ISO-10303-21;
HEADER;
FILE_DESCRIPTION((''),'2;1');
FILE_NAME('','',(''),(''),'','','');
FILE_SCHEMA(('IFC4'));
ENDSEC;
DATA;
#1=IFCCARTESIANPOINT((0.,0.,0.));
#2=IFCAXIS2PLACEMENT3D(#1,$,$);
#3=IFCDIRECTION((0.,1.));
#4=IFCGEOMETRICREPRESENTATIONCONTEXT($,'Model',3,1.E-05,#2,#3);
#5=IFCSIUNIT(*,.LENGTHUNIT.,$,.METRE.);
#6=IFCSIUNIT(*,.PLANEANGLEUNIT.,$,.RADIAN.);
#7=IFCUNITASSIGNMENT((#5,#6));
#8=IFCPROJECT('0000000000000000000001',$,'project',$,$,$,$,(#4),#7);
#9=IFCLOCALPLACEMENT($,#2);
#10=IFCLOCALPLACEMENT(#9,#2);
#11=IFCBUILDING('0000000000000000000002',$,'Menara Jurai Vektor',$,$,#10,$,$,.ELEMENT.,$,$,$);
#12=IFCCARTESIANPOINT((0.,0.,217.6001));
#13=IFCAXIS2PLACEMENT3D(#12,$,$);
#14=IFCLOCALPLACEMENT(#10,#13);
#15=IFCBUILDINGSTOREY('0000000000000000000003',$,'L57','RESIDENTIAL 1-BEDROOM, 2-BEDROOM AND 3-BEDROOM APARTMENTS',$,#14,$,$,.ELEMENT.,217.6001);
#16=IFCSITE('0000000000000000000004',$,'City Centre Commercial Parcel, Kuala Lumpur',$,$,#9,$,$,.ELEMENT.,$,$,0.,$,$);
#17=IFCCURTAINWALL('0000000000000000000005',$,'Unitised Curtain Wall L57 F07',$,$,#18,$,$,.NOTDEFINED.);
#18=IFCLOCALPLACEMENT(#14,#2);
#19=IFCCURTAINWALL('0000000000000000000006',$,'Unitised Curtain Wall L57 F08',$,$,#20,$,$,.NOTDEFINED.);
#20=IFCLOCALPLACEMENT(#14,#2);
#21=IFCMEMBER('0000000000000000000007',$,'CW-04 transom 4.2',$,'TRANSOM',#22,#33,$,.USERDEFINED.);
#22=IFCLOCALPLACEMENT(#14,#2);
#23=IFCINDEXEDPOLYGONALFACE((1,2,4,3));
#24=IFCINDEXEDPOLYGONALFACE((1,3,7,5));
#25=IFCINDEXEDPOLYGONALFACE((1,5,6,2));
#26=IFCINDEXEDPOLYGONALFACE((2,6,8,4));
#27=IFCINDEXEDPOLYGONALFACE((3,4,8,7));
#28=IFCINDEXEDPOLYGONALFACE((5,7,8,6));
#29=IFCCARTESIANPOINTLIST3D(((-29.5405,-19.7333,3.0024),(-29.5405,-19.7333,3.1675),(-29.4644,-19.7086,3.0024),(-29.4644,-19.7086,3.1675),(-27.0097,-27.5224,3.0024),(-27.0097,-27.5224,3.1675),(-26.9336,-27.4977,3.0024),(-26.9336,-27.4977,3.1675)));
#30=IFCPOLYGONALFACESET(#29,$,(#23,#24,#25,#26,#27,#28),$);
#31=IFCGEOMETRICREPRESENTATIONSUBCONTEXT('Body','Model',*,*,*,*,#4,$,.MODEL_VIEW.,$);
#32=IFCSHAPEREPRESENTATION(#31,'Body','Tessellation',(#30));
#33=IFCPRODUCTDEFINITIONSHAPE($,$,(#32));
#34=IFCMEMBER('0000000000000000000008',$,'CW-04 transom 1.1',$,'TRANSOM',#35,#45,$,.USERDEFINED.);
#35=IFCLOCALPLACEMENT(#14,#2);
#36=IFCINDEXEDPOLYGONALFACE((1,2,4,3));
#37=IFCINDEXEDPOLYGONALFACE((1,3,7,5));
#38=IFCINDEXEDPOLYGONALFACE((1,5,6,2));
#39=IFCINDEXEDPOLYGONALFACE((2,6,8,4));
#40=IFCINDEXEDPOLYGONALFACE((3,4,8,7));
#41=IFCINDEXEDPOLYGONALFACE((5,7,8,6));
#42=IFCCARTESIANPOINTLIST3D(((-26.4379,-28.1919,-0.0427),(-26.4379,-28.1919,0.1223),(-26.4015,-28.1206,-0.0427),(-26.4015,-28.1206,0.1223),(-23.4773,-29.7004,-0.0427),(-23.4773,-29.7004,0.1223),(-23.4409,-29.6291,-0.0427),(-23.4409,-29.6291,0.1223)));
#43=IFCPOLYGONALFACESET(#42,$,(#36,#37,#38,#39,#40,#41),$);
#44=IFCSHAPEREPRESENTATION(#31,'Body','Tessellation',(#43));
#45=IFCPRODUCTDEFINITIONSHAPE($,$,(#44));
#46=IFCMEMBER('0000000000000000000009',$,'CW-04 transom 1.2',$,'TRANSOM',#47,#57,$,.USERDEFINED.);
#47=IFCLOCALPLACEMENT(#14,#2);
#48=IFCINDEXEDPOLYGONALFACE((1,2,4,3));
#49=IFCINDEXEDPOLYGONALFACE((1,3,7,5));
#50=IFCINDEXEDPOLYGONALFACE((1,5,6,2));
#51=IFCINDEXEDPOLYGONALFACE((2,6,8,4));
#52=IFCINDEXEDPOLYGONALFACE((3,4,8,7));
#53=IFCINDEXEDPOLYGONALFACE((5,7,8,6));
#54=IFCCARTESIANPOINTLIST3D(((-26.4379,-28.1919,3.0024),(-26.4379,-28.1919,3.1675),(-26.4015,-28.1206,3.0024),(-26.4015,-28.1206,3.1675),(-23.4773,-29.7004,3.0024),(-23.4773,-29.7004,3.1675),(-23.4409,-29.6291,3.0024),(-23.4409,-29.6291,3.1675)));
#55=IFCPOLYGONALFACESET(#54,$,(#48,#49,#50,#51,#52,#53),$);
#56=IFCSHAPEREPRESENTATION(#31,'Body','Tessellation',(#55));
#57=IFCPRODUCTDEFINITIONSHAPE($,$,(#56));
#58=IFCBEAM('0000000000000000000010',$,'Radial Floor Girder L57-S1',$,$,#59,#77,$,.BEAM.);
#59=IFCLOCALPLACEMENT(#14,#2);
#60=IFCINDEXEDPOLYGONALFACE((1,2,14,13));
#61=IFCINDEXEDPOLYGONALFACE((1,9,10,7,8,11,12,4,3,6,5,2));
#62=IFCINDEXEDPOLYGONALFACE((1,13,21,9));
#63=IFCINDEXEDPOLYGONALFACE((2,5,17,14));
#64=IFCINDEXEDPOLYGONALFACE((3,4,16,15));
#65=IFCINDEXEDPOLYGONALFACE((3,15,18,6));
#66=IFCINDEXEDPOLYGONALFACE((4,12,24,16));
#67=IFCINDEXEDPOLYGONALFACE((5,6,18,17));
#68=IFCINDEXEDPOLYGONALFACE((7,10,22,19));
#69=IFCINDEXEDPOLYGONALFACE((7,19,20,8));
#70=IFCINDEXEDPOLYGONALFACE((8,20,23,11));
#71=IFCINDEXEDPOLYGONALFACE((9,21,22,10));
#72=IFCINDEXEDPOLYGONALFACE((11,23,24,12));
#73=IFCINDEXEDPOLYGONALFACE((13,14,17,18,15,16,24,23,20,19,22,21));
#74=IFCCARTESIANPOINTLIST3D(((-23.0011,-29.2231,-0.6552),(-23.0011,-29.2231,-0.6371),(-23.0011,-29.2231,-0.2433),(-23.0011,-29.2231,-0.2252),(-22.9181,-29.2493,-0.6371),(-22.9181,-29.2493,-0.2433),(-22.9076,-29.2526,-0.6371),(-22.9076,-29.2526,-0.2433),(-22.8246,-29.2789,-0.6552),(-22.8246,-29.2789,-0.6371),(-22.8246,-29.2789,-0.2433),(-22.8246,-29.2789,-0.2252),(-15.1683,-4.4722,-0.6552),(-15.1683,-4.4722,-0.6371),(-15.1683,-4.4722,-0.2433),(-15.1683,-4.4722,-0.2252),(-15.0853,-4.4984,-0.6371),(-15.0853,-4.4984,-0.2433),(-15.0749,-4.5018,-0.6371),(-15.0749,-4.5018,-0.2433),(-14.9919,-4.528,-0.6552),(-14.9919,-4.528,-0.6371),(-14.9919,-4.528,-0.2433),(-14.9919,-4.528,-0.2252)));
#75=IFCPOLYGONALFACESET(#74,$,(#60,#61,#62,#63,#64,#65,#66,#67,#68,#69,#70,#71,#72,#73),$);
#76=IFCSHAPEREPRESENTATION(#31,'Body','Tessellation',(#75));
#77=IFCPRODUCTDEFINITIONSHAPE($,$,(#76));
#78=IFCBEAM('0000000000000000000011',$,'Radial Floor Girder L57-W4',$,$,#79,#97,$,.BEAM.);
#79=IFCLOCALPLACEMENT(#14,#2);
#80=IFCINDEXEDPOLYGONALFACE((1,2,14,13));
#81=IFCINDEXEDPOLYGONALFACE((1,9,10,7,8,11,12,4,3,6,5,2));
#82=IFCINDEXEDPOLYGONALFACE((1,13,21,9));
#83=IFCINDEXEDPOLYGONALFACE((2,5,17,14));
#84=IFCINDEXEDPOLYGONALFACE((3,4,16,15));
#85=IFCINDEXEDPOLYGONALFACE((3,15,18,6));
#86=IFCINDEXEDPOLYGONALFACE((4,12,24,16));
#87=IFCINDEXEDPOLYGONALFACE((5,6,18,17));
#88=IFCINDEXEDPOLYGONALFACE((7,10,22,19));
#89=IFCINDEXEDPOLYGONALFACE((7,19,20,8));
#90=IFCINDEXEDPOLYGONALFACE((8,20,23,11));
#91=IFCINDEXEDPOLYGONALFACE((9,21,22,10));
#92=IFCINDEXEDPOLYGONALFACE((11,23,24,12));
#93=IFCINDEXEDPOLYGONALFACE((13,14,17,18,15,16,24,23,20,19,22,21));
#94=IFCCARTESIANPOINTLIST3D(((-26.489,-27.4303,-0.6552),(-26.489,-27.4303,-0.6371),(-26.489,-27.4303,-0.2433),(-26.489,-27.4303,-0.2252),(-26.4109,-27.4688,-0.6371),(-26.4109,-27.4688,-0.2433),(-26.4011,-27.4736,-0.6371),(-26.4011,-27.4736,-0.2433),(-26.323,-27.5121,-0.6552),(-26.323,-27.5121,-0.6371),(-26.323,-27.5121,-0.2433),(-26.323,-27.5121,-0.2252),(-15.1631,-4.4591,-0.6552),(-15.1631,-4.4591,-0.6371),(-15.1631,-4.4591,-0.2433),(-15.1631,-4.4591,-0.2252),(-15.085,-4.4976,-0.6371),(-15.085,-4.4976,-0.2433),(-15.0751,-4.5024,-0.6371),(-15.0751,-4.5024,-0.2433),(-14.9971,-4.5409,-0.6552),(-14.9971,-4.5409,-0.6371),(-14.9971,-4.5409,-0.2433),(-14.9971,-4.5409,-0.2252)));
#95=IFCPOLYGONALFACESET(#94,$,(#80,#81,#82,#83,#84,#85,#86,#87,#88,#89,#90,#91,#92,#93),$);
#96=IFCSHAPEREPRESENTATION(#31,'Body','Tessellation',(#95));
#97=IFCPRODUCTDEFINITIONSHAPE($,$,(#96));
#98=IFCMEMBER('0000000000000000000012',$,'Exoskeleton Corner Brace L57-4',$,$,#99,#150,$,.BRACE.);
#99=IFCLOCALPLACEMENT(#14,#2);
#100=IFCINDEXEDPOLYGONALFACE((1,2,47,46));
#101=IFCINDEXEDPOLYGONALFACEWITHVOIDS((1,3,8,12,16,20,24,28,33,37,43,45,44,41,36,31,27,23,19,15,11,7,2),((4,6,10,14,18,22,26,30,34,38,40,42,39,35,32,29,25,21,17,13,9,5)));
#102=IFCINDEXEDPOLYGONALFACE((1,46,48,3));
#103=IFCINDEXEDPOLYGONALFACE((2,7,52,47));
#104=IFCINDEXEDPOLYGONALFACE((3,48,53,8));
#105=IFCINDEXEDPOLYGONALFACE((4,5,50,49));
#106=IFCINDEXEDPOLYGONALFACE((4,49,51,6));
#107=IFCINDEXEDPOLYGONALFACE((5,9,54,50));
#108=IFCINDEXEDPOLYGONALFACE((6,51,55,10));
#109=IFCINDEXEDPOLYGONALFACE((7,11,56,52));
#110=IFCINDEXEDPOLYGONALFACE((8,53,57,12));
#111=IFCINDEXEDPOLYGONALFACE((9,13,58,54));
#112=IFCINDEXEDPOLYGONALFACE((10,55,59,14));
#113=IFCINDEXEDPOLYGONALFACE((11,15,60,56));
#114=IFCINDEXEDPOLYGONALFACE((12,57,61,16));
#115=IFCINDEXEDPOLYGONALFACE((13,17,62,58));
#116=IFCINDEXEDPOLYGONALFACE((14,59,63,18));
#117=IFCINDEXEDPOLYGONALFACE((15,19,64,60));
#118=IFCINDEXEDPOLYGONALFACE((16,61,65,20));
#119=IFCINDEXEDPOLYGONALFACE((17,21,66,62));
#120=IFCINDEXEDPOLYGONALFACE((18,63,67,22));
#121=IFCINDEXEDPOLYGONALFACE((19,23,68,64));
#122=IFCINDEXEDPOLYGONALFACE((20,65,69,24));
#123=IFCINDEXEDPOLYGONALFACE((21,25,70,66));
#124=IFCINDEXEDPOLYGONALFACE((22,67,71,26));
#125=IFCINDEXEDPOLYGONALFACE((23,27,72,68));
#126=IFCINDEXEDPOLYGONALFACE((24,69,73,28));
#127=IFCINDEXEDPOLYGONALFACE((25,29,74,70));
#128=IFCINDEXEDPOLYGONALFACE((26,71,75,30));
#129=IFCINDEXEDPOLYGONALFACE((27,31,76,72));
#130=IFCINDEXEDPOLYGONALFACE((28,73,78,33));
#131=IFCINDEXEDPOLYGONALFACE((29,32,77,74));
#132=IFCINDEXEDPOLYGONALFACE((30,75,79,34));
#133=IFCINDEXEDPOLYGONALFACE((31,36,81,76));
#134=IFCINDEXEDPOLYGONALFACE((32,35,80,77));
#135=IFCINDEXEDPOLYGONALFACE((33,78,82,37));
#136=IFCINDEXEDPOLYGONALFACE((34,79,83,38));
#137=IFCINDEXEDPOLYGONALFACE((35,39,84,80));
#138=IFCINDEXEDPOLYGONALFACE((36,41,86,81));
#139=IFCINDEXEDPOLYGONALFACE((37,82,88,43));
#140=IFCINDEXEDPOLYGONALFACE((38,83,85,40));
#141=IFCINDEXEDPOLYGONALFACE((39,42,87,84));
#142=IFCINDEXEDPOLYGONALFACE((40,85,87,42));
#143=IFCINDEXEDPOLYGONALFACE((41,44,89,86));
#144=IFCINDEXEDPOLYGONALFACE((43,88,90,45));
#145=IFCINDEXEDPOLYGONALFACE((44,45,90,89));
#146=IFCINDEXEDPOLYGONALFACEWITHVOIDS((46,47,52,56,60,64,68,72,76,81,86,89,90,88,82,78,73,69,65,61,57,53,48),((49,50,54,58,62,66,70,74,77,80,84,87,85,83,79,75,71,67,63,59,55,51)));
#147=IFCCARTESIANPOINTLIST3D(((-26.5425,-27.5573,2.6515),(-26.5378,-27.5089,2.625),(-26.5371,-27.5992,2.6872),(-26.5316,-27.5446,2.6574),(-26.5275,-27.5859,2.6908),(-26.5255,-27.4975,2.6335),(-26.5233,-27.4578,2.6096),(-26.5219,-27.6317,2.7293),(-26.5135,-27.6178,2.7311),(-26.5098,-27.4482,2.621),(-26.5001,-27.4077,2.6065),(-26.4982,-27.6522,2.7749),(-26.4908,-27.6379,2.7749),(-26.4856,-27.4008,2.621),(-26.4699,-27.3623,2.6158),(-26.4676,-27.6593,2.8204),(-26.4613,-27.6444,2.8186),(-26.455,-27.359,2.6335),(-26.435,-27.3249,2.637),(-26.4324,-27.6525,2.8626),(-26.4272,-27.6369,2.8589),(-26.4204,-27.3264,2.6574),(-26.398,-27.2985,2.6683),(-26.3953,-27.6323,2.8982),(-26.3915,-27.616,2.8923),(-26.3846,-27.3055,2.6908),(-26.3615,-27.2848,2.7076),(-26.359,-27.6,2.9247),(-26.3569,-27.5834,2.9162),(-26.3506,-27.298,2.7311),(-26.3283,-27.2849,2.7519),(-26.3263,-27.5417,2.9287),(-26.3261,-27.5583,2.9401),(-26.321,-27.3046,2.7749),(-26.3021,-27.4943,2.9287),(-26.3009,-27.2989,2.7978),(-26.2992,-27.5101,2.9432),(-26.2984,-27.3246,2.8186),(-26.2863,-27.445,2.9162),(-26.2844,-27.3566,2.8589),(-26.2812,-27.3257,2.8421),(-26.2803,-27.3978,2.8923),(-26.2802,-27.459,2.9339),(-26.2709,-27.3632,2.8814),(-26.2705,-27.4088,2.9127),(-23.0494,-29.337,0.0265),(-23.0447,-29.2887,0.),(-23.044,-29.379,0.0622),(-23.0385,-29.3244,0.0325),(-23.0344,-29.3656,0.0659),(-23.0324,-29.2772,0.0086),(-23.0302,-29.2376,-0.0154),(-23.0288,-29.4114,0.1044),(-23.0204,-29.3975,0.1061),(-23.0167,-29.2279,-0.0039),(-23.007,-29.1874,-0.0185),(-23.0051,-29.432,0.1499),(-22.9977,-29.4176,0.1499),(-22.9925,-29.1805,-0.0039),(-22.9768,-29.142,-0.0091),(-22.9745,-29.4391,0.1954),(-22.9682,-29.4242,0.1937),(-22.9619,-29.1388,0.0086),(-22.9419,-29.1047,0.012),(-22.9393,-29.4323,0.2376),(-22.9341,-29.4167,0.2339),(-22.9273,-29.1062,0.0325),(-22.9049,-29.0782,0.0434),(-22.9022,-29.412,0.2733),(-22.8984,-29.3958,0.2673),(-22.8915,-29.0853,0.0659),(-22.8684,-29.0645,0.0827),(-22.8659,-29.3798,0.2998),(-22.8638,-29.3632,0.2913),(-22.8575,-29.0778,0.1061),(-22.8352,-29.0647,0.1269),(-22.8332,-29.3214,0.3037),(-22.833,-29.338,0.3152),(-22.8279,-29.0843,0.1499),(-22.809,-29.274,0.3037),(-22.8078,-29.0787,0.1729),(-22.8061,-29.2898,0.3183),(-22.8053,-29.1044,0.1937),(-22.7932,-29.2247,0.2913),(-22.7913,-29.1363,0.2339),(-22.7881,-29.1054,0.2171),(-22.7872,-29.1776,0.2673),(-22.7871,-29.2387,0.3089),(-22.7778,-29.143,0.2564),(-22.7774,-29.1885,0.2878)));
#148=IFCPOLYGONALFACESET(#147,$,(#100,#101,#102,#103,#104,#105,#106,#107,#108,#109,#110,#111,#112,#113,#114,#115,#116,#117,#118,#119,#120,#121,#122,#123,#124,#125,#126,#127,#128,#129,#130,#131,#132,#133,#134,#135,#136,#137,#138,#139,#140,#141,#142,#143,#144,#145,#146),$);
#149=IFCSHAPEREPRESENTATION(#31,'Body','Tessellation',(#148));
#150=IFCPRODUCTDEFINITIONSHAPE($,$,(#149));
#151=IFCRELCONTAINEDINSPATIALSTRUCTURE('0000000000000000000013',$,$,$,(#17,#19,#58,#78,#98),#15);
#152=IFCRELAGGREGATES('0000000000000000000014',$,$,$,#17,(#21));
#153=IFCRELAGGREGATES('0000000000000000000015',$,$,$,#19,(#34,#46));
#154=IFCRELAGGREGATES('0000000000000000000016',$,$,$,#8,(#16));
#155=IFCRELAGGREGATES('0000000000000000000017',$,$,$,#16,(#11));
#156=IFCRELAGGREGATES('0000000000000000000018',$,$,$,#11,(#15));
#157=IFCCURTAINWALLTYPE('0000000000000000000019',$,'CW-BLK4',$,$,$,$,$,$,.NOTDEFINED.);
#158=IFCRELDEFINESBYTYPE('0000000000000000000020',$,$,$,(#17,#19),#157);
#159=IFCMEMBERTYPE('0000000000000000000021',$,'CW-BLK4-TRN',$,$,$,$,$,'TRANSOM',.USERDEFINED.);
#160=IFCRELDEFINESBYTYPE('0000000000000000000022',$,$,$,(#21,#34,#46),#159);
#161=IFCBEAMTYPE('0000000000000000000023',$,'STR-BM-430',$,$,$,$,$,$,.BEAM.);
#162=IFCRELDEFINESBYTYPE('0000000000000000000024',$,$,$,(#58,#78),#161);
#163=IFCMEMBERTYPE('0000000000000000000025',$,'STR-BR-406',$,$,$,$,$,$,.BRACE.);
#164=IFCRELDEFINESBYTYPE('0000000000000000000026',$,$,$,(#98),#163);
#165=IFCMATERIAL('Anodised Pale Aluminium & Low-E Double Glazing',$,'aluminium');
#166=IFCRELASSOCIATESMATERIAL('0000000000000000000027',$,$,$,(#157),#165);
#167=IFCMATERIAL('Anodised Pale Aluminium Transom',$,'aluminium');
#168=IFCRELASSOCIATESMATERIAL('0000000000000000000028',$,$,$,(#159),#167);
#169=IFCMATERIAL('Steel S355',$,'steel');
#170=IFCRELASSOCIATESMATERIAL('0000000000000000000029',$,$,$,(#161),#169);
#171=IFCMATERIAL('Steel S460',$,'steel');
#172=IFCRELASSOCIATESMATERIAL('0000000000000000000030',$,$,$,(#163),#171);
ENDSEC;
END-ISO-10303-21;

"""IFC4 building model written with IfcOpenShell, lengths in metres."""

from ifc_helpers import new_model, si_unit, direction, frame, origin, origin_2d, place, context, subcontext, project, spatial, rectangle, hollow_circle, i_section, extrude, material, material_profile, profile_set, type_object, element, aggregate, save


model = new_model("IFC4")

# Units and contexts
model_context = context("Model", 3, precision=1e-05, world=origin(), true_north=direction((0.0, 1.0)))
body_context = subcontext(model_context, "Body", "Model", "MODEL_VIEW")
ifc_project = project(units=[si_unit("LENGTHUNIT", "METRE"), si_unit("PLANEANGLEUNIT", "RADIAN")], contexts=[model_context])

# Site, building, storey
site_placement = place(None, origin())
site = spatial("IfcSite", under=ifc_project, at=site_placement, Name="City Centre Commercial Parcel, Kuala Lumpur", CompositionType="ELEMENT", RefElevation=0.0)
building_placement = place(site_placement, origin())
building = spatial("IfcBuilding", under=site, at=building_placement, Name="Menara Jurai Vektor", CompositionType="ELEMENT")
storey_placement = place(building_placement, frame((0.0, 0.0, 217.6001)))
storey = spatial("IfcBuildingStorey", under=building, at=storey_placement, Name="L57", Description="RESIDENTIAL 1-BEDROOM, 2-BEDROOM AND 3-BEDROOM APARTMENTS", CompositionType="ELEMENT", Elevation=217.6001)

# Shared definitions
ifc_material_1 = material(Name="Steel S460", Category="steel")

# Curtain wall
ifc_material_2 = material(Name="Anodised Pale Aluminium & Low-E Double Glazing", Category="aluminium")
curtain_wall_type = type_object("IfcCurtainWallType", Name="CW-BLK4", PredefinedType="NOTDEFINED", material=ifc_material_2)
curtain_wall_1_placement = place(storey_placement, origin())
curtain_wall_1 = element("IfcCurtainWall", 1, at=curtain_wall_1_placement, inside=storey, type_object=curtain_wall_type, Name="Unitised Curtain Wall L57 F07", PredefinedType="NOTDEFINED")

# Curtain wall
curtain_wall_2_placement = place(storey_placement, origin())
curtain_wall_2 = element("IfcCurtainWall", 2, at=curtain_wall_2_placement, inside=storey, type_object=curtain_wall_type, Name="Unitised Curtain Wall L57 F08", PredefinedType="NOTDEFINED")

# Members
ifc_material_3 = material(Name="Anodised Pale Aluminium Transom", Category="aluminium")
ifc_material_profile_1 = material_profile(ifc_material_3, rectangle(XDim=0.0801, YDim=0.165, at=origin_2d()), Name="ALU TRN 80x165")
ifc_profile_set_1 = profile_set([ifc_material_profile_1], Name="Anodised Pale Aluminium Transom")
member_type_1 = type_object("IfcMemberType", Name="CW-BLK4-TRN", ElementType="TRANSOM", PredefinedType="USERDEFINED", material=ifc_profile_set_1)
member_1_placement = place(storey_placement, frame((-29.5024, -19.7209, 3.085), z_axis=(0.309011, -0.951059, 0.0), x_axis=(0.951059, 0.309011, 0.0)))
member_1 = element("IfcMember", 3, at=member_1_placement, type_object=member_type_1, Name="CW-04 transom 4.2", ObjectType="TRANSOM", PredefinedType="USERDEFINED", context=body_context, shape_type="SweptSolid", body=[
    extrude(rectangle(XDim=0.0801, YDim=0.165, at=origin_2d()), origin(), (0.0, 0.0, 1.0), 8.1899),
])
member_2_placement = place(storey_placement, frame((-26.4197, -28.1562, 0.0398), z_axis=(0.891007, -0.45399, 0.0), x_axis=(0.45399, 0.891007, 0.0)))
member_2 = element("IfcMember", 4, at=member_2_placement, type_object=member_type_1, Name="CW-04 transom 1.1", ObjectType="TRANSOM", PredefinedType="USERDEFINED", context=body_context, shape_type="SweptSolid", body=[
    extrude(rectangle(XDim=0.0801, YDim=0.165, at=origin_2d()), origin(), (0.0, 0.0, 1.0), 3.3228),
])
member_3_placement = place(storey_placement, frame((-26.4197, -28.1562, 3.085), z_axis=(0.891007, -0.45399, 0.0), x_axis=(0.45399, 0.891007, 0.0)))
member_3 = element("IfcMember", 5, at=member_3_placement, type_object=member_type_1, Name="CW-04 transom 1.2", ObjectType="TRANSOM", PredefinedType="USERDEFINED", context=body_context, shape_type="SweptSolid", body=[
    extrude(rectangle(XDim=0.0801, YDim=0.165, at=origin_2d()), origin(), (0.0, 0.0, 1.0), 3.3228),
])

# Beams
ifc_material_4 = material(Name="Steel S355", Category="steel")
ifc_material_profile_2 = material_profile(ifc_material_4, i_section(OverallWidth=0.1851, OverallDepth=0.4299, WebThickness=0.011, FlangeThickness=0.0181, at=origin_2d()), Name="PG 430x185x76")
ifc_profile_set_2 = profile_set([ifc_material_profile_2], Name="Steel S355")
beam_type_1 = type_object("IfcBeamType", Name="STR-BM-430", PredefinedType="BEAM", material=ifc_profile_set_2)
beam_1_placement = place(storey_placement, frame((-22.9128, -29.251, -0.4402), z_axis=(0.301715, 0.953398, 0.0), x_axis=(-0.953398, 0.301715, 0.0)))
element("IfcBeam", 6, at=beam_1_placement, inside=storey, type_object=beam_type_1, Name="Radial Floor Girder L57-S1", PredefinedType="BEAM", context=body_context, shape_type="SweptSolid", body=[
    extrude(i_section(OverallWidth=0.1851, OverallDepth=0.4299, WebThickness=0.011, FlangeThickness=0.0181, at=origin_2d()), origin(), (0.0, 0.0, 1.0), 25.9607),
])
beam_2_placement = place(storey_placement, frame((-26.406, -27.4712, -0.4402), z_axis=(0.442219, 0.896907, 0.0), x_axis=(-0.896907, 0.442219, 0.0)))
element("IfcBeam", 7, at=beam_2_placement, inside=storey, type_object=beam_type_1, Name="Radial Floor Girder L57-W4", PredefinedType="BEAM", context=body_context, shape_type="SweptSolid", body=[
    extrude(i_section(OverallWidth=0.1851, OverallDepth=0.4299, WebThickness=0.011, FlangeThickness=0.0181, at=origin_2d()), origin(), (0.0, 0.0, 1.0), 25.6116),
])

# Member
ifc_material_profile_3 = material_profile(ifc_material_1, hollow_circle(Radius=0.2031, WallThickness=0.0161, at=origin_2d()), Name="CHS 406.4x16")
ifc_profile_set_3 = profile_set([ifc_material_profile_3], Name="Steel S460")
member_type_2 = type_object("IfcMemberType", Name="STR-BR-406", PredefinedType="BRACE", material=ifc_profile_set_3)
member_4_placement = place(storey_placement, frame((-22.9128, -29.251, 0.1499), z_axis=(-0.740375, 0.377225, 0.556368), x_axis=(-0.453976, -0.891014, 0.0)))
element("IfcMember", 8, at=member_4_placement, inside=storey, type_object=member_type_2, Name="Exoskeleton Corner Brace L57-4", PredefinedType="BRACE", context=body_context, shape_type="SweptSolid", body=[
    extrude(hollow_circle(Radius=0.2031, WallThickness=0.0161, at=origin_2d()), origin(), (0.0, 0.0, 1.0), 4.718),
])

aggregate(curtain_wall_1, [member_1])
aggregate(curtain_wall_2, [member_2, member_3])

save(model, "model.ifc")
